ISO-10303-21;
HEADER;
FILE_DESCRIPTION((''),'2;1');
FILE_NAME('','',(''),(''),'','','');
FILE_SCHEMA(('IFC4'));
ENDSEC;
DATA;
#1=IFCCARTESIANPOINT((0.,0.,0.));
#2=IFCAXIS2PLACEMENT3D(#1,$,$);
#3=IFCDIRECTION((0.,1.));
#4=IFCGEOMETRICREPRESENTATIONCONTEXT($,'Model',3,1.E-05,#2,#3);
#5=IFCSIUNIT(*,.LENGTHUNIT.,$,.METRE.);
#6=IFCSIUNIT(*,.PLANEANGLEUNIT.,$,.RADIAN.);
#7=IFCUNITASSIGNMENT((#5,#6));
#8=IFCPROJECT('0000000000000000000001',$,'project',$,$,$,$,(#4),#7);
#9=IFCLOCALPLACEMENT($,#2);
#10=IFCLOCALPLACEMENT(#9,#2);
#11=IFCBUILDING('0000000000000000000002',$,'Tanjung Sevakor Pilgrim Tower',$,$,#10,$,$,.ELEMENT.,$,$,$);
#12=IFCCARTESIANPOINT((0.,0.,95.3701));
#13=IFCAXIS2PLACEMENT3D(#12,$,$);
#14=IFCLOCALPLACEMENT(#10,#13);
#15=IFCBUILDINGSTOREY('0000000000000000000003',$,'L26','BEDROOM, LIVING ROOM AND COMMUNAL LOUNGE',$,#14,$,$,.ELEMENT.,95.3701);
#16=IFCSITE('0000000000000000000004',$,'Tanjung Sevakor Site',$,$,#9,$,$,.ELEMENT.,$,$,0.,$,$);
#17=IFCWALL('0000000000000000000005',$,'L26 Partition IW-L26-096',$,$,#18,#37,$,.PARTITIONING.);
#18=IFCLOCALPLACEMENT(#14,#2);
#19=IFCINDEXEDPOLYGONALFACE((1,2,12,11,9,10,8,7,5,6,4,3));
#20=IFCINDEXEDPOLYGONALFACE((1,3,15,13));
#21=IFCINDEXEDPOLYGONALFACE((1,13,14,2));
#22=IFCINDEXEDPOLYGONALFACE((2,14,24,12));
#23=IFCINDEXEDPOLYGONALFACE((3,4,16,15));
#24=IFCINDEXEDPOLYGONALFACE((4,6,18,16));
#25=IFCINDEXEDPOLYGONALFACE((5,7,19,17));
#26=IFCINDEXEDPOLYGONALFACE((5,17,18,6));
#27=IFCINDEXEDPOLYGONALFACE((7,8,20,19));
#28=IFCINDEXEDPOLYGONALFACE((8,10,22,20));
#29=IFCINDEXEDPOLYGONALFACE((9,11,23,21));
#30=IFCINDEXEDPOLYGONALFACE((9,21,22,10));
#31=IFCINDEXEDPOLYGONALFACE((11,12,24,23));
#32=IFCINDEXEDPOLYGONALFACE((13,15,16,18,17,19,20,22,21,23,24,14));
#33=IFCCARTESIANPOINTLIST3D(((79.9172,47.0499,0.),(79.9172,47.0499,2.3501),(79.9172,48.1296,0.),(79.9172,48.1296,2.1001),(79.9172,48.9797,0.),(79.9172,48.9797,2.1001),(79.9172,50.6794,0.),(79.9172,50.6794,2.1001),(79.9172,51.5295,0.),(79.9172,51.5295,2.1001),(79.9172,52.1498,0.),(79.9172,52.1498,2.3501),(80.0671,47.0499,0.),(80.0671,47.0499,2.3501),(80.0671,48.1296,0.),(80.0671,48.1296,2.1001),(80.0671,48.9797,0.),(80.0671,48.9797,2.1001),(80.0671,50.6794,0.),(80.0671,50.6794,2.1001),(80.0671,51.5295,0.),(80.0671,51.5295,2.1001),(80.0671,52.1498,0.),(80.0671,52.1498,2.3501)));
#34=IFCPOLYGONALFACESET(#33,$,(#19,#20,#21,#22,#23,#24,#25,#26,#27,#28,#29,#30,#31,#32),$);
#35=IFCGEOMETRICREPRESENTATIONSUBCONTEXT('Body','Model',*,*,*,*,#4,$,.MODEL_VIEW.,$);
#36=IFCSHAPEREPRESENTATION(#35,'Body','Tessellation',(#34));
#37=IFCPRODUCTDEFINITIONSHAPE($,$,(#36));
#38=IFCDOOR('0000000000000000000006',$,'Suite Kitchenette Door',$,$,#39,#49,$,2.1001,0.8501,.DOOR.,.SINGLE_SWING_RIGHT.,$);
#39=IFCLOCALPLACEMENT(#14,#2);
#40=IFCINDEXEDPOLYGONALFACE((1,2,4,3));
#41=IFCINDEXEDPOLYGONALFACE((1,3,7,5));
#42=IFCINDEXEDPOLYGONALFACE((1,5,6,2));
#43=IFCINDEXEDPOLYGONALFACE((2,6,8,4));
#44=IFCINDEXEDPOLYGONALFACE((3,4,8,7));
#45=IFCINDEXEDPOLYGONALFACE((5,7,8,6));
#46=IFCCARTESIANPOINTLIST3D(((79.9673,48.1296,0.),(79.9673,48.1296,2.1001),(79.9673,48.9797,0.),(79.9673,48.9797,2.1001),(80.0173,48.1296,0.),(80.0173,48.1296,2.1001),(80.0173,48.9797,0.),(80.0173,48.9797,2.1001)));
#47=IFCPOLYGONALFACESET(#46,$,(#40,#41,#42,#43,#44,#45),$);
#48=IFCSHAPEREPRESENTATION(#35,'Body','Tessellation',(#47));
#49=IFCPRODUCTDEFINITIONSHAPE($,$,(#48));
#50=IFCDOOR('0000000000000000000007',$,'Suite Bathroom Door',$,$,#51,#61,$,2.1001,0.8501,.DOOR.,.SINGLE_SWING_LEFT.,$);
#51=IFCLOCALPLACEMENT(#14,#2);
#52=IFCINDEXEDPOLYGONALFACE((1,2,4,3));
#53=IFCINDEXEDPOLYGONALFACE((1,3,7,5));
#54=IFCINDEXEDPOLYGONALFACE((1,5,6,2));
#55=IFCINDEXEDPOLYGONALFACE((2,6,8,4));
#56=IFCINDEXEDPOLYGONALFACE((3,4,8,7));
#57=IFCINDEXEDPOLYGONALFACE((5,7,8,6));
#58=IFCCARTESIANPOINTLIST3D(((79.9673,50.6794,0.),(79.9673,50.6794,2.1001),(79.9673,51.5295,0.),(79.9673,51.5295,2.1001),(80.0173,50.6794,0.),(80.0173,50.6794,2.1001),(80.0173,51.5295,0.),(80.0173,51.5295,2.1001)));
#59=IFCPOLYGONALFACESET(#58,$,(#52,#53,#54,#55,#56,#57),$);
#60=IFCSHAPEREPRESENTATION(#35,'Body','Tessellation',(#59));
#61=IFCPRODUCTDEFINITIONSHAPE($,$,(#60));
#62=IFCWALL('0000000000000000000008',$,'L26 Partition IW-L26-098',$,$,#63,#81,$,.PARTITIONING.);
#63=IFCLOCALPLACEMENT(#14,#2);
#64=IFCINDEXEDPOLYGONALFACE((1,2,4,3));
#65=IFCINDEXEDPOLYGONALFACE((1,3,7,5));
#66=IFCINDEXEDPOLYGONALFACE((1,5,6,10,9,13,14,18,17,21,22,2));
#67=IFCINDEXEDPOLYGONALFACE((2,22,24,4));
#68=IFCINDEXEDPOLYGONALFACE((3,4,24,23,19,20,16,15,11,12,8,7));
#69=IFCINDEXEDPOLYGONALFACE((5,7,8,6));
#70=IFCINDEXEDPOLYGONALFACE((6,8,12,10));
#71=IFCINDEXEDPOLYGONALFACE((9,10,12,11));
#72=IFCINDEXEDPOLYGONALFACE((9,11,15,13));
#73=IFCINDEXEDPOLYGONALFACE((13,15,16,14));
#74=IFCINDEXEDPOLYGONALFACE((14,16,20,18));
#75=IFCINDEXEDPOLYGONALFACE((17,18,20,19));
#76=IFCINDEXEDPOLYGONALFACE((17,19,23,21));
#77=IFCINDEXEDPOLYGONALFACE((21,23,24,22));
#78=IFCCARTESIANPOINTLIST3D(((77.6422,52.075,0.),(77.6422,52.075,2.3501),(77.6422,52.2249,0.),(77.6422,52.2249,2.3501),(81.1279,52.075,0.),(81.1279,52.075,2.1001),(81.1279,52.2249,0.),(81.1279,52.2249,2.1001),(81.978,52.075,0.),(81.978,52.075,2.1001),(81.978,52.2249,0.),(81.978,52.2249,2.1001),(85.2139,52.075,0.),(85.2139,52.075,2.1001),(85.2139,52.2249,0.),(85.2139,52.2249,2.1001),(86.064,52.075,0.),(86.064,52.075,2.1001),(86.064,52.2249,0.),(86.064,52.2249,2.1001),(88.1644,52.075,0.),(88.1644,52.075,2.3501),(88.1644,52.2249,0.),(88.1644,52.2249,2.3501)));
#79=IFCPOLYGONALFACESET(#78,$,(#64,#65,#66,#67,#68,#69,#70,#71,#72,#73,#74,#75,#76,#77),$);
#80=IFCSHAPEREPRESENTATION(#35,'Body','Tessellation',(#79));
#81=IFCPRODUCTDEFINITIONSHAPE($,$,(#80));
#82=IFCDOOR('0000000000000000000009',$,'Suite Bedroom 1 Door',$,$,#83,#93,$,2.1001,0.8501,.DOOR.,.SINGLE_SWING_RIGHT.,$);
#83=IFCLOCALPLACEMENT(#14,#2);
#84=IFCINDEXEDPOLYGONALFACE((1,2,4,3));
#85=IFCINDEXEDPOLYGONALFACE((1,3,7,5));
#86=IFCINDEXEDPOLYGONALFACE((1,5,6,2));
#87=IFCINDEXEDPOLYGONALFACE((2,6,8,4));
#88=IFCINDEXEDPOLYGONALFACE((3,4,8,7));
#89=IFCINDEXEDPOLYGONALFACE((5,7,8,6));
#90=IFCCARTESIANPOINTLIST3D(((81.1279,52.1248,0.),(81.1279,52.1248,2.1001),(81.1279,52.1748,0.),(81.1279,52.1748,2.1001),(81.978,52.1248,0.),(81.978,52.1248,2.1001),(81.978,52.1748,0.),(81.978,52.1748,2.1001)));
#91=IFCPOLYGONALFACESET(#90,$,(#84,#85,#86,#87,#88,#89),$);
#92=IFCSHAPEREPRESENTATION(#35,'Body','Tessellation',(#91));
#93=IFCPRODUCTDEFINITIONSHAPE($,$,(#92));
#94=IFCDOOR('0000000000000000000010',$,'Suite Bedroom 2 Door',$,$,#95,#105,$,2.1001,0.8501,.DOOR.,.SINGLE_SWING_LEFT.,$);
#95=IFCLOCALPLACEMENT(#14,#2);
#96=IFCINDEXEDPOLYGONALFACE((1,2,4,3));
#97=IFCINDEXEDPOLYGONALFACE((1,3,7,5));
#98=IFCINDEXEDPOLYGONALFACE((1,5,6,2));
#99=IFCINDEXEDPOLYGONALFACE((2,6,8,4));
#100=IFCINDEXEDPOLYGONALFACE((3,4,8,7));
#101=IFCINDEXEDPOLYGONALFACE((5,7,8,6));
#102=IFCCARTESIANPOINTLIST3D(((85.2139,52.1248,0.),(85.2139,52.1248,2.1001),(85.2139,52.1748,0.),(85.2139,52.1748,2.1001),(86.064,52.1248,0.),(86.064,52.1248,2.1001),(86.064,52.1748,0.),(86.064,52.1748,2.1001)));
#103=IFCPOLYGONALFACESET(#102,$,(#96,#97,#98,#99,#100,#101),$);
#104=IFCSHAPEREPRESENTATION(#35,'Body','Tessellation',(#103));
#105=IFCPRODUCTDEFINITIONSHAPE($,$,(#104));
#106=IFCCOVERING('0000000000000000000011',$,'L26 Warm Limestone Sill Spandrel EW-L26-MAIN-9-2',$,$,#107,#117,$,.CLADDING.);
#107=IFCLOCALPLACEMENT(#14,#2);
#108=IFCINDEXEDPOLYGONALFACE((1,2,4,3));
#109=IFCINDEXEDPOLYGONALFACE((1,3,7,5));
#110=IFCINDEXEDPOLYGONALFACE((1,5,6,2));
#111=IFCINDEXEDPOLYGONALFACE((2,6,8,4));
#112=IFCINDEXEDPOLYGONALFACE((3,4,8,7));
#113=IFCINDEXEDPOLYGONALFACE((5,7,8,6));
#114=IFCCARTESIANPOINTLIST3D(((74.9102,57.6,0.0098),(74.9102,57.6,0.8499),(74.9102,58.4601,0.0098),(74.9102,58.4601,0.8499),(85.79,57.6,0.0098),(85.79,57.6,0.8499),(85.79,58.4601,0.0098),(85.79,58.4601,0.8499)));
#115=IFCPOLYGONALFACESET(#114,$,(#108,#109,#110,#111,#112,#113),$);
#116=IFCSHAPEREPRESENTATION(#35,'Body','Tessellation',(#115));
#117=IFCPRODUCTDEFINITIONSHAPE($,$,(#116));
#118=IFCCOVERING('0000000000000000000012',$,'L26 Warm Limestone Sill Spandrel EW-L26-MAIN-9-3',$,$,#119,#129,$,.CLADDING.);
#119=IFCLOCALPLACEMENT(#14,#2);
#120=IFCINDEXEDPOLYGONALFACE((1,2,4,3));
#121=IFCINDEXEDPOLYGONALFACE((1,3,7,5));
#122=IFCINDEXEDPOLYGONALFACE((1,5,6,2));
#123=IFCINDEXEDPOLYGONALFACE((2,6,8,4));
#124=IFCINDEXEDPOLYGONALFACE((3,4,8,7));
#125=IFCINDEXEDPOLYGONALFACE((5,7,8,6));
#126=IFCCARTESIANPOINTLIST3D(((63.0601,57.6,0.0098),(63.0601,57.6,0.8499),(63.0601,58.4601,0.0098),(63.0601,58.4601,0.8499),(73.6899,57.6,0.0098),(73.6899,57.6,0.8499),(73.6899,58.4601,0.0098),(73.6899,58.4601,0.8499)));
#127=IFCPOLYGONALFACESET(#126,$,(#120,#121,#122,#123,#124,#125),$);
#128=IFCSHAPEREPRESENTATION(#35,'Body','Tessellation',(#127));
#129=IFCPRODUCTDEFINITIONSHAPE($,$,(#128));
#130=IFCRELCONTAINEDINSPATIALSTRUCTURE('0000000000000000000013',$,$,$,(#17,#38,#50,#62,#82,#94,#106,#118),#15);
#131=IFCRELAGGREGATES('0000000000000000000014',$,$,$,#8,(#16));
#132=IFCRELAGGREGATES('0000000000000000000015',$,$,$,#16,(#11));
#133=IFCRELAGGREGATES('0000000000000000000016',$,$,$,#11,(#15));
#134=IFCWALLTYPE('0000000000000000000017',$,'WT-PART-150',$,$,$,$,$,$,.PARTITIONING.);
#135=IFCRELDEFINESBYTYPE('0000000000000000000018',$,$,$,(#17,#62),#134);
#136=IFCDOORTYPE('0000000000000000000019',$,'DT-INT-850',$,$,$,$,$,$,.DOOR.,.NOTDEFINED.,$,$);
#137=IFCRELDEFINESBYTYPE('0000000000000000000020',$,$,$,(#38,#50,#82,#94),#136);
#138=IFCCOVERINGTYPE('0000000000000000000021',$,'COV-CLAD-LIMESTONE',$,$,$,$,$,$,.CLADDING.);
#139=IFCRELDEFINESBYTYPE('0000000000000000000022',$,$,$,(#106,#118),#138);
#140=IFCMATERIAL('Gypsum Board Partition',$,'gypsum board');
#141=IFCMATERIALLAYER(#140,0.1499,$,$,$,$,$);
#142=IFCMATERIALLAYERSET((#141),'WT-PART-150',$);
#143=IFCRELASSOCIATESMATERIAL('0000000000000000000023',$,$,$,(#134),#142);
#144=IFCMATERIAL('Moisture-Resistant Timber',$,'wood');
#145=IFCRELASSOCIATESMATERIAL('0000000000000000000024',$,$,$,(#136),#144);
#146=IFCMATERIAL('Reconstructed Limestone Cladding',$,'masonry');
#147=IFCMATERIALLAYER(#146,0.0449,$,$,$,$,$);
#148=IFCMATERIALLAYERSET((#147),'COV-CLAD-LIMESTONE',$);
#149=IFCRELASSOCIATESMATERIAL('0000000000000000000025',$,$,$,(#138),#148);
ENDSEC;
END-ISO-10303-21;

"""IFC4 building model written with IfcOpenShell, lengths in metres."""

from ifc_helpers import new_model, si_unit, direction, frame, frame_2d, origin, origin_2d, place, context, subcontext, project, spatial, rectangle, extrude, material, layer, layer_set, type_object, element, fill, save


model = new_model("IFC4")

# Units and contexts
model_context = context("Model", 3, precision=1e-05, world=origin(), true_north=direction((0.0, 1.0)))
body_context = subcontext(model_context, "Body", "Model", "MODEL_VIEW")
ifc_project = project(units=[si_unit("LENGTHUNIT", "METRE"), si_unit("PLANEANGLEUNIT", "RADIAN")], contexts=[model_context])

# Site, building, storey
site_placement = place(None, origin())
site = spatial("IfcSite", under=ifc_project, at=site_placement, Name="Tanjung Sevakor Site", CompositionType="ELEMENT", RefElevation=0.0)
building_placement = place(site_placement, origin())
building = spatial("IfcBuilding", under=site, at=building_placement, Name="Tanjung Sevakor Pilgrim Tower", CompositionType="ELEMENT")
storey_placement = place(building_placement, frame((0.0, 0.0, 95.3701)))
storey = spatial("IfcBuildingStorey", under=building, at=storey_placement, Name="L26", Description="BEDROOM, LIVING ROOM AND COMMUNAL LOUNGE", CompositionType="ELEMENT", Elevation=95.3701)

# Shared definitions
ifc_material_1 = material(Name="Gypsum Board Partition", Category="gypsum board")
ifc_layer_1 = layer(ifc_material_1, 0.1499)
ifc_layer_set_1 = layer_set([ifc_layer_1], Name="WT-PART-150")
wall_type_1 = type_object("IfcWallType", Name="WT-PART-150", PredefinedType="PARTITIONING", material=ifc_layer_set_1)

# Walls, openings, doors
wall_1_placement = place(storey_placement, frame((79.9922, 47.05, 0.0), z_axis=(0.0, 0.0, 1.0), x_axis=(0.0, 1.0, 0.0)))
wall_1 = element("IfcWall", 1, at=wall_1_placement, inside=storey, type_object=wall_type_1, Name="L26 Partition IW-L26-096", PredefinedType="PARTITIONING", context=body_context, shape_type="SweptSolid", body=[
    extrude(rectangle(XDim=5.0999, YDim=0.1499, at=frame_2d((2.5498, 0.0))), origin(), (0.0, 0.0, 1.0), 2.3501),
])
opening_1_placement = place(wall_1_placement, frame((1.0796, 0.0, 0.0)))
opening_1 = element("IfcOpeningElement", 2, at=opening_1_placement, cuts=wall_1, PredefinedType="OPENING", context=body_context, shape_type="SweptSolid", body=[
    extrude(rectangle(XDim=0.8501, YDim=2.1001, at=frame_2d((0.425, 1.05))), frame((0.0, 0.085, 0.0), z_axis=(0.0, -1.0, 0.0), x_axis=(1.0, 0.0, 0.0)), (0.0, 0.0, 1.0), 0.1699),
])
opening_2_placement = place(wall_1_placement, frame((3.6294, 0.0, 0.0)))
opening_2 = element("IfcOpeningElement", 3, at=opening_2_placement, cuts=wall_1, PredefinedType="OPENING", context=body_context, shape_type="SweptSolid", body=[
    extrude(rectangle(XDim=0.8501, YDim=2.1001, at=frame_2d((0.425, 1.05))), frame((0.0, 0.085, 0.0), z_axis=(0.0, -1.0, 0.0), x_axis=(1.0, 0.0, 0.0)), (0.0, 0.0, 1.0), 0.1699),
])
ifc_material_2 = material(Name="Moisture-Resistant Timber", Category="wood")
door_type_1 = type_object("IfcDoorType", Name="DT-INT-850", OperationType="NOTDEFINED", PredefinedType="DOOR", material=ifc_material_2)
door_1_placement = place(opening_1_placement, origin())
door_1 = element("IfcDoor", 4, at=door_1_placement, inside=storey, type_object=door_type_1, Name="Suite Kitchenette Door", OperationType="SINGLE_SWING_RIGHT", OverallHeight=2.1001, OverallWidth=0.8501, PredefinedType="DOOR", context=body_context, shape_type="SweptSolid", body=[
    extrude(rectangle(XDim=0.8501, YDim=2.1001, at=frame_2d((0.425, 1.05))), frame((0.0, 0.0249, 0.0), z_axis=(0.0, -1.0, 0.0), x_axis=(1.0, 0.0, 0.0)), (0.0, 0.0, 1.0), 0.05),
])
fill(opening_1, door_1)
door_2_placement = place(opening_2_placement, origin())
door_2 = element("IfcDoor", 5, at=door_2_placement, inside=storey, type_object=door_type_1, Name="Suite Bathroom Door", OperationType="SINGLE_SWING_LEFT", OverallHeight=2.1001, OverallWidth=0.8501, PredefinedType="DOOR", context=body_context, shape_type="SweptSolid", body=[
    extrude(rectangle(XDim=0.8501, YDim=2.1001, at=frame_2d((0.425, 1.05))), frame((0.0, 0.0249, 0.0), z_axis=(0.0, -1.0, 0.0), x_axis=(1.0, 0.0, 0.0)), (0.0, 0.0, 1.0), 0.05),
])
fill(opening_2, door_2)
wall_2_placement = place(storey_placement, frame((77.6421, 52.1499, 0.0), z_axis=(0.0, 0.0, 1.0), x_axis=(1.0, 0.0, 0.0)))
wall_2 = element("IfcWall", 6, at=wall_2_placement, inside=storey, type_object=wall_type_1, Name="L26 Partition IW-L26-098", PredefinedType="PARTITIONING", context=body_context, shape_type="SweptSolid", body=[
    extrude(rectangle(XDim=10.5222, YDim=0.1499, at=frame_2d((5.2612, 0.0))), origin(), (0.0, 0.0, 1.0), 2.3501),
])
opening_3_placement = place(wall_2_placement, frame((3.4858, 0.0, 0.0)))
opening_3 = element("IfcOpeningElement", 7, at=opening_3_placement, cuts=wall_2, PredefinedType="OPENING", context=body_context, shape_type="SweptSolid", body=[
    extrude(rectangle(XDim=0.8501, YDim=2.1001, at=frame_2d((0.425, 1.05))), frame((0.0, 0.085, 0.0), z_axis=(0.0, -1.0, 0.0), x_axis=(1.0, 0.0, 0.0)), (0.0, 0.0, 1.0), 0.1699),
])
opening_4_placement = place(wall_2_placement, frame((7.5718, 0.0, 0.0)))
opening_4 = element("IfcOpeningElement", 8, at=opening_4_placement, cuts=wall_2, PredefinedType="OPENING", context=body_context, shape_type="SweptSolid", body=[
    extrude(rectangle(XDim=0.8501, YDim=2.1001, at=frame_2d((0.425, 1.05))), frame((0.0, 0.085, 0.0), z_axis=(0.0, -1.0, 0.0), x_axis=(1.0, 0.0, 0.0)), (0.0, 0.0, 1.0), 0.1699),
])
door_3_placement = place(opening_3_placement, origin())
door_3 = element("IfcDoor", 9, at=door_3_placement, inside=storey, type_object=door_type_1, Name="Suite Bedroom 1 Door", OperationType="SINGLE_SWING_RIGHT", OverallHeight=2.1001, OverallWidth=0.8501, PredefinedType="DOOR", context=body_context, shape_type="SweptSolid", body=[
    extrude(rectangle(XDim=0.8501, YDim=2.1001, at=frame_2d((0.425, 1.05))), frame((0.0, 0.0249, 0.0), z_axis=(0.0, -1.0, 0.0), x_axis=(1.0, 0.0, 0.0)), (0.0, 0.0, 1.0), 0.05),
])
fill(opening_3, door_3)
door_4_placement = place(opening_4_placement, origin())
door_4 = element("IfcDoor", 10, at=door_4_placement, inside=storey, type_object=door_type_1, Name="Suite Bedroom 2 Door", OperationType="SINGLE_SWING_LEFT", OverallHeight=2.1001, OverallWidth=0.8501, PredefinedType="DOOR", context=body_context, shape_type="SweptSolid", body=[
    extrude(rectangle(XDim=0.8501, YDim=2.1001, at=frame_2d((0.425, 1.05))), frame((0.0, 0.0249, 0.0), z_axis=(0.0, -1.0, 0.0), x_axis=(1.0, 0.0, 0.0)), (0.0, 0.0, 1.0), 0.05),
])
fill(opening_4, door_4)

# Coverings
ifc_material_3 = material(Name="Reconstructed Limestone Cladding", Category="masonry")
ifc_layer_2 = layer(ifc_material_3, 0.0449)
ifc_layer_set_2 = layer_set([ifc_layer_2], Name="COV-CLAD-LIMESTONE")
covering_type = type_object("IfcCoveringType", Name="COV-CLAD-LIMESTONE", PredefinedType="CLADDING", material=ifc_layer_set_2)
covering_1_placement = place(storey_placement, frame((80.3501, 58.03, 0.0098), z_axis=(0.0, 0.0, 1.0), x_axis=(-1.0, 0.0, 0.0)))
element("IfcCovering", 11, at=covering_1_placement, inside=storey, type_object=covering_type, Name="L26 Warm Limestone Sill Spandrel EW-L26-MAIN-9-2", PredefinedType="CLADDING", context=body_context, shape_type="SweptSolid", body=[
    extrude(rectangle(XDim=10.8799, YDim=0.8601, at=origin_2d()), origin(), (0.0, 0.0, 1.0), 0.8401),
])
covering_2_placement = place(storey_placement, frame((68.375, 58.03, 0.0098), z_axis=(0.0, 0.0, 1.0), x_axis=(-1.0, 0.0, 0.0)))
element("IfcCovering", 12, at=covering_2_placement, inside=storey, type_object=covering_type, Name="L26 Warm Limestone Sill Spandrel EW-L26-MAIN-9-3", PredefinedType="CLADDING", context=body_context, shape_type="SweptSolid", body=[
    extrude(rectangle(XDim=10.6299, YDim=0.8601, at=origin_2d()), origin(), (0.0, 0.0, 1.0), 0.8401),
])

save(model, "model.ifc")
